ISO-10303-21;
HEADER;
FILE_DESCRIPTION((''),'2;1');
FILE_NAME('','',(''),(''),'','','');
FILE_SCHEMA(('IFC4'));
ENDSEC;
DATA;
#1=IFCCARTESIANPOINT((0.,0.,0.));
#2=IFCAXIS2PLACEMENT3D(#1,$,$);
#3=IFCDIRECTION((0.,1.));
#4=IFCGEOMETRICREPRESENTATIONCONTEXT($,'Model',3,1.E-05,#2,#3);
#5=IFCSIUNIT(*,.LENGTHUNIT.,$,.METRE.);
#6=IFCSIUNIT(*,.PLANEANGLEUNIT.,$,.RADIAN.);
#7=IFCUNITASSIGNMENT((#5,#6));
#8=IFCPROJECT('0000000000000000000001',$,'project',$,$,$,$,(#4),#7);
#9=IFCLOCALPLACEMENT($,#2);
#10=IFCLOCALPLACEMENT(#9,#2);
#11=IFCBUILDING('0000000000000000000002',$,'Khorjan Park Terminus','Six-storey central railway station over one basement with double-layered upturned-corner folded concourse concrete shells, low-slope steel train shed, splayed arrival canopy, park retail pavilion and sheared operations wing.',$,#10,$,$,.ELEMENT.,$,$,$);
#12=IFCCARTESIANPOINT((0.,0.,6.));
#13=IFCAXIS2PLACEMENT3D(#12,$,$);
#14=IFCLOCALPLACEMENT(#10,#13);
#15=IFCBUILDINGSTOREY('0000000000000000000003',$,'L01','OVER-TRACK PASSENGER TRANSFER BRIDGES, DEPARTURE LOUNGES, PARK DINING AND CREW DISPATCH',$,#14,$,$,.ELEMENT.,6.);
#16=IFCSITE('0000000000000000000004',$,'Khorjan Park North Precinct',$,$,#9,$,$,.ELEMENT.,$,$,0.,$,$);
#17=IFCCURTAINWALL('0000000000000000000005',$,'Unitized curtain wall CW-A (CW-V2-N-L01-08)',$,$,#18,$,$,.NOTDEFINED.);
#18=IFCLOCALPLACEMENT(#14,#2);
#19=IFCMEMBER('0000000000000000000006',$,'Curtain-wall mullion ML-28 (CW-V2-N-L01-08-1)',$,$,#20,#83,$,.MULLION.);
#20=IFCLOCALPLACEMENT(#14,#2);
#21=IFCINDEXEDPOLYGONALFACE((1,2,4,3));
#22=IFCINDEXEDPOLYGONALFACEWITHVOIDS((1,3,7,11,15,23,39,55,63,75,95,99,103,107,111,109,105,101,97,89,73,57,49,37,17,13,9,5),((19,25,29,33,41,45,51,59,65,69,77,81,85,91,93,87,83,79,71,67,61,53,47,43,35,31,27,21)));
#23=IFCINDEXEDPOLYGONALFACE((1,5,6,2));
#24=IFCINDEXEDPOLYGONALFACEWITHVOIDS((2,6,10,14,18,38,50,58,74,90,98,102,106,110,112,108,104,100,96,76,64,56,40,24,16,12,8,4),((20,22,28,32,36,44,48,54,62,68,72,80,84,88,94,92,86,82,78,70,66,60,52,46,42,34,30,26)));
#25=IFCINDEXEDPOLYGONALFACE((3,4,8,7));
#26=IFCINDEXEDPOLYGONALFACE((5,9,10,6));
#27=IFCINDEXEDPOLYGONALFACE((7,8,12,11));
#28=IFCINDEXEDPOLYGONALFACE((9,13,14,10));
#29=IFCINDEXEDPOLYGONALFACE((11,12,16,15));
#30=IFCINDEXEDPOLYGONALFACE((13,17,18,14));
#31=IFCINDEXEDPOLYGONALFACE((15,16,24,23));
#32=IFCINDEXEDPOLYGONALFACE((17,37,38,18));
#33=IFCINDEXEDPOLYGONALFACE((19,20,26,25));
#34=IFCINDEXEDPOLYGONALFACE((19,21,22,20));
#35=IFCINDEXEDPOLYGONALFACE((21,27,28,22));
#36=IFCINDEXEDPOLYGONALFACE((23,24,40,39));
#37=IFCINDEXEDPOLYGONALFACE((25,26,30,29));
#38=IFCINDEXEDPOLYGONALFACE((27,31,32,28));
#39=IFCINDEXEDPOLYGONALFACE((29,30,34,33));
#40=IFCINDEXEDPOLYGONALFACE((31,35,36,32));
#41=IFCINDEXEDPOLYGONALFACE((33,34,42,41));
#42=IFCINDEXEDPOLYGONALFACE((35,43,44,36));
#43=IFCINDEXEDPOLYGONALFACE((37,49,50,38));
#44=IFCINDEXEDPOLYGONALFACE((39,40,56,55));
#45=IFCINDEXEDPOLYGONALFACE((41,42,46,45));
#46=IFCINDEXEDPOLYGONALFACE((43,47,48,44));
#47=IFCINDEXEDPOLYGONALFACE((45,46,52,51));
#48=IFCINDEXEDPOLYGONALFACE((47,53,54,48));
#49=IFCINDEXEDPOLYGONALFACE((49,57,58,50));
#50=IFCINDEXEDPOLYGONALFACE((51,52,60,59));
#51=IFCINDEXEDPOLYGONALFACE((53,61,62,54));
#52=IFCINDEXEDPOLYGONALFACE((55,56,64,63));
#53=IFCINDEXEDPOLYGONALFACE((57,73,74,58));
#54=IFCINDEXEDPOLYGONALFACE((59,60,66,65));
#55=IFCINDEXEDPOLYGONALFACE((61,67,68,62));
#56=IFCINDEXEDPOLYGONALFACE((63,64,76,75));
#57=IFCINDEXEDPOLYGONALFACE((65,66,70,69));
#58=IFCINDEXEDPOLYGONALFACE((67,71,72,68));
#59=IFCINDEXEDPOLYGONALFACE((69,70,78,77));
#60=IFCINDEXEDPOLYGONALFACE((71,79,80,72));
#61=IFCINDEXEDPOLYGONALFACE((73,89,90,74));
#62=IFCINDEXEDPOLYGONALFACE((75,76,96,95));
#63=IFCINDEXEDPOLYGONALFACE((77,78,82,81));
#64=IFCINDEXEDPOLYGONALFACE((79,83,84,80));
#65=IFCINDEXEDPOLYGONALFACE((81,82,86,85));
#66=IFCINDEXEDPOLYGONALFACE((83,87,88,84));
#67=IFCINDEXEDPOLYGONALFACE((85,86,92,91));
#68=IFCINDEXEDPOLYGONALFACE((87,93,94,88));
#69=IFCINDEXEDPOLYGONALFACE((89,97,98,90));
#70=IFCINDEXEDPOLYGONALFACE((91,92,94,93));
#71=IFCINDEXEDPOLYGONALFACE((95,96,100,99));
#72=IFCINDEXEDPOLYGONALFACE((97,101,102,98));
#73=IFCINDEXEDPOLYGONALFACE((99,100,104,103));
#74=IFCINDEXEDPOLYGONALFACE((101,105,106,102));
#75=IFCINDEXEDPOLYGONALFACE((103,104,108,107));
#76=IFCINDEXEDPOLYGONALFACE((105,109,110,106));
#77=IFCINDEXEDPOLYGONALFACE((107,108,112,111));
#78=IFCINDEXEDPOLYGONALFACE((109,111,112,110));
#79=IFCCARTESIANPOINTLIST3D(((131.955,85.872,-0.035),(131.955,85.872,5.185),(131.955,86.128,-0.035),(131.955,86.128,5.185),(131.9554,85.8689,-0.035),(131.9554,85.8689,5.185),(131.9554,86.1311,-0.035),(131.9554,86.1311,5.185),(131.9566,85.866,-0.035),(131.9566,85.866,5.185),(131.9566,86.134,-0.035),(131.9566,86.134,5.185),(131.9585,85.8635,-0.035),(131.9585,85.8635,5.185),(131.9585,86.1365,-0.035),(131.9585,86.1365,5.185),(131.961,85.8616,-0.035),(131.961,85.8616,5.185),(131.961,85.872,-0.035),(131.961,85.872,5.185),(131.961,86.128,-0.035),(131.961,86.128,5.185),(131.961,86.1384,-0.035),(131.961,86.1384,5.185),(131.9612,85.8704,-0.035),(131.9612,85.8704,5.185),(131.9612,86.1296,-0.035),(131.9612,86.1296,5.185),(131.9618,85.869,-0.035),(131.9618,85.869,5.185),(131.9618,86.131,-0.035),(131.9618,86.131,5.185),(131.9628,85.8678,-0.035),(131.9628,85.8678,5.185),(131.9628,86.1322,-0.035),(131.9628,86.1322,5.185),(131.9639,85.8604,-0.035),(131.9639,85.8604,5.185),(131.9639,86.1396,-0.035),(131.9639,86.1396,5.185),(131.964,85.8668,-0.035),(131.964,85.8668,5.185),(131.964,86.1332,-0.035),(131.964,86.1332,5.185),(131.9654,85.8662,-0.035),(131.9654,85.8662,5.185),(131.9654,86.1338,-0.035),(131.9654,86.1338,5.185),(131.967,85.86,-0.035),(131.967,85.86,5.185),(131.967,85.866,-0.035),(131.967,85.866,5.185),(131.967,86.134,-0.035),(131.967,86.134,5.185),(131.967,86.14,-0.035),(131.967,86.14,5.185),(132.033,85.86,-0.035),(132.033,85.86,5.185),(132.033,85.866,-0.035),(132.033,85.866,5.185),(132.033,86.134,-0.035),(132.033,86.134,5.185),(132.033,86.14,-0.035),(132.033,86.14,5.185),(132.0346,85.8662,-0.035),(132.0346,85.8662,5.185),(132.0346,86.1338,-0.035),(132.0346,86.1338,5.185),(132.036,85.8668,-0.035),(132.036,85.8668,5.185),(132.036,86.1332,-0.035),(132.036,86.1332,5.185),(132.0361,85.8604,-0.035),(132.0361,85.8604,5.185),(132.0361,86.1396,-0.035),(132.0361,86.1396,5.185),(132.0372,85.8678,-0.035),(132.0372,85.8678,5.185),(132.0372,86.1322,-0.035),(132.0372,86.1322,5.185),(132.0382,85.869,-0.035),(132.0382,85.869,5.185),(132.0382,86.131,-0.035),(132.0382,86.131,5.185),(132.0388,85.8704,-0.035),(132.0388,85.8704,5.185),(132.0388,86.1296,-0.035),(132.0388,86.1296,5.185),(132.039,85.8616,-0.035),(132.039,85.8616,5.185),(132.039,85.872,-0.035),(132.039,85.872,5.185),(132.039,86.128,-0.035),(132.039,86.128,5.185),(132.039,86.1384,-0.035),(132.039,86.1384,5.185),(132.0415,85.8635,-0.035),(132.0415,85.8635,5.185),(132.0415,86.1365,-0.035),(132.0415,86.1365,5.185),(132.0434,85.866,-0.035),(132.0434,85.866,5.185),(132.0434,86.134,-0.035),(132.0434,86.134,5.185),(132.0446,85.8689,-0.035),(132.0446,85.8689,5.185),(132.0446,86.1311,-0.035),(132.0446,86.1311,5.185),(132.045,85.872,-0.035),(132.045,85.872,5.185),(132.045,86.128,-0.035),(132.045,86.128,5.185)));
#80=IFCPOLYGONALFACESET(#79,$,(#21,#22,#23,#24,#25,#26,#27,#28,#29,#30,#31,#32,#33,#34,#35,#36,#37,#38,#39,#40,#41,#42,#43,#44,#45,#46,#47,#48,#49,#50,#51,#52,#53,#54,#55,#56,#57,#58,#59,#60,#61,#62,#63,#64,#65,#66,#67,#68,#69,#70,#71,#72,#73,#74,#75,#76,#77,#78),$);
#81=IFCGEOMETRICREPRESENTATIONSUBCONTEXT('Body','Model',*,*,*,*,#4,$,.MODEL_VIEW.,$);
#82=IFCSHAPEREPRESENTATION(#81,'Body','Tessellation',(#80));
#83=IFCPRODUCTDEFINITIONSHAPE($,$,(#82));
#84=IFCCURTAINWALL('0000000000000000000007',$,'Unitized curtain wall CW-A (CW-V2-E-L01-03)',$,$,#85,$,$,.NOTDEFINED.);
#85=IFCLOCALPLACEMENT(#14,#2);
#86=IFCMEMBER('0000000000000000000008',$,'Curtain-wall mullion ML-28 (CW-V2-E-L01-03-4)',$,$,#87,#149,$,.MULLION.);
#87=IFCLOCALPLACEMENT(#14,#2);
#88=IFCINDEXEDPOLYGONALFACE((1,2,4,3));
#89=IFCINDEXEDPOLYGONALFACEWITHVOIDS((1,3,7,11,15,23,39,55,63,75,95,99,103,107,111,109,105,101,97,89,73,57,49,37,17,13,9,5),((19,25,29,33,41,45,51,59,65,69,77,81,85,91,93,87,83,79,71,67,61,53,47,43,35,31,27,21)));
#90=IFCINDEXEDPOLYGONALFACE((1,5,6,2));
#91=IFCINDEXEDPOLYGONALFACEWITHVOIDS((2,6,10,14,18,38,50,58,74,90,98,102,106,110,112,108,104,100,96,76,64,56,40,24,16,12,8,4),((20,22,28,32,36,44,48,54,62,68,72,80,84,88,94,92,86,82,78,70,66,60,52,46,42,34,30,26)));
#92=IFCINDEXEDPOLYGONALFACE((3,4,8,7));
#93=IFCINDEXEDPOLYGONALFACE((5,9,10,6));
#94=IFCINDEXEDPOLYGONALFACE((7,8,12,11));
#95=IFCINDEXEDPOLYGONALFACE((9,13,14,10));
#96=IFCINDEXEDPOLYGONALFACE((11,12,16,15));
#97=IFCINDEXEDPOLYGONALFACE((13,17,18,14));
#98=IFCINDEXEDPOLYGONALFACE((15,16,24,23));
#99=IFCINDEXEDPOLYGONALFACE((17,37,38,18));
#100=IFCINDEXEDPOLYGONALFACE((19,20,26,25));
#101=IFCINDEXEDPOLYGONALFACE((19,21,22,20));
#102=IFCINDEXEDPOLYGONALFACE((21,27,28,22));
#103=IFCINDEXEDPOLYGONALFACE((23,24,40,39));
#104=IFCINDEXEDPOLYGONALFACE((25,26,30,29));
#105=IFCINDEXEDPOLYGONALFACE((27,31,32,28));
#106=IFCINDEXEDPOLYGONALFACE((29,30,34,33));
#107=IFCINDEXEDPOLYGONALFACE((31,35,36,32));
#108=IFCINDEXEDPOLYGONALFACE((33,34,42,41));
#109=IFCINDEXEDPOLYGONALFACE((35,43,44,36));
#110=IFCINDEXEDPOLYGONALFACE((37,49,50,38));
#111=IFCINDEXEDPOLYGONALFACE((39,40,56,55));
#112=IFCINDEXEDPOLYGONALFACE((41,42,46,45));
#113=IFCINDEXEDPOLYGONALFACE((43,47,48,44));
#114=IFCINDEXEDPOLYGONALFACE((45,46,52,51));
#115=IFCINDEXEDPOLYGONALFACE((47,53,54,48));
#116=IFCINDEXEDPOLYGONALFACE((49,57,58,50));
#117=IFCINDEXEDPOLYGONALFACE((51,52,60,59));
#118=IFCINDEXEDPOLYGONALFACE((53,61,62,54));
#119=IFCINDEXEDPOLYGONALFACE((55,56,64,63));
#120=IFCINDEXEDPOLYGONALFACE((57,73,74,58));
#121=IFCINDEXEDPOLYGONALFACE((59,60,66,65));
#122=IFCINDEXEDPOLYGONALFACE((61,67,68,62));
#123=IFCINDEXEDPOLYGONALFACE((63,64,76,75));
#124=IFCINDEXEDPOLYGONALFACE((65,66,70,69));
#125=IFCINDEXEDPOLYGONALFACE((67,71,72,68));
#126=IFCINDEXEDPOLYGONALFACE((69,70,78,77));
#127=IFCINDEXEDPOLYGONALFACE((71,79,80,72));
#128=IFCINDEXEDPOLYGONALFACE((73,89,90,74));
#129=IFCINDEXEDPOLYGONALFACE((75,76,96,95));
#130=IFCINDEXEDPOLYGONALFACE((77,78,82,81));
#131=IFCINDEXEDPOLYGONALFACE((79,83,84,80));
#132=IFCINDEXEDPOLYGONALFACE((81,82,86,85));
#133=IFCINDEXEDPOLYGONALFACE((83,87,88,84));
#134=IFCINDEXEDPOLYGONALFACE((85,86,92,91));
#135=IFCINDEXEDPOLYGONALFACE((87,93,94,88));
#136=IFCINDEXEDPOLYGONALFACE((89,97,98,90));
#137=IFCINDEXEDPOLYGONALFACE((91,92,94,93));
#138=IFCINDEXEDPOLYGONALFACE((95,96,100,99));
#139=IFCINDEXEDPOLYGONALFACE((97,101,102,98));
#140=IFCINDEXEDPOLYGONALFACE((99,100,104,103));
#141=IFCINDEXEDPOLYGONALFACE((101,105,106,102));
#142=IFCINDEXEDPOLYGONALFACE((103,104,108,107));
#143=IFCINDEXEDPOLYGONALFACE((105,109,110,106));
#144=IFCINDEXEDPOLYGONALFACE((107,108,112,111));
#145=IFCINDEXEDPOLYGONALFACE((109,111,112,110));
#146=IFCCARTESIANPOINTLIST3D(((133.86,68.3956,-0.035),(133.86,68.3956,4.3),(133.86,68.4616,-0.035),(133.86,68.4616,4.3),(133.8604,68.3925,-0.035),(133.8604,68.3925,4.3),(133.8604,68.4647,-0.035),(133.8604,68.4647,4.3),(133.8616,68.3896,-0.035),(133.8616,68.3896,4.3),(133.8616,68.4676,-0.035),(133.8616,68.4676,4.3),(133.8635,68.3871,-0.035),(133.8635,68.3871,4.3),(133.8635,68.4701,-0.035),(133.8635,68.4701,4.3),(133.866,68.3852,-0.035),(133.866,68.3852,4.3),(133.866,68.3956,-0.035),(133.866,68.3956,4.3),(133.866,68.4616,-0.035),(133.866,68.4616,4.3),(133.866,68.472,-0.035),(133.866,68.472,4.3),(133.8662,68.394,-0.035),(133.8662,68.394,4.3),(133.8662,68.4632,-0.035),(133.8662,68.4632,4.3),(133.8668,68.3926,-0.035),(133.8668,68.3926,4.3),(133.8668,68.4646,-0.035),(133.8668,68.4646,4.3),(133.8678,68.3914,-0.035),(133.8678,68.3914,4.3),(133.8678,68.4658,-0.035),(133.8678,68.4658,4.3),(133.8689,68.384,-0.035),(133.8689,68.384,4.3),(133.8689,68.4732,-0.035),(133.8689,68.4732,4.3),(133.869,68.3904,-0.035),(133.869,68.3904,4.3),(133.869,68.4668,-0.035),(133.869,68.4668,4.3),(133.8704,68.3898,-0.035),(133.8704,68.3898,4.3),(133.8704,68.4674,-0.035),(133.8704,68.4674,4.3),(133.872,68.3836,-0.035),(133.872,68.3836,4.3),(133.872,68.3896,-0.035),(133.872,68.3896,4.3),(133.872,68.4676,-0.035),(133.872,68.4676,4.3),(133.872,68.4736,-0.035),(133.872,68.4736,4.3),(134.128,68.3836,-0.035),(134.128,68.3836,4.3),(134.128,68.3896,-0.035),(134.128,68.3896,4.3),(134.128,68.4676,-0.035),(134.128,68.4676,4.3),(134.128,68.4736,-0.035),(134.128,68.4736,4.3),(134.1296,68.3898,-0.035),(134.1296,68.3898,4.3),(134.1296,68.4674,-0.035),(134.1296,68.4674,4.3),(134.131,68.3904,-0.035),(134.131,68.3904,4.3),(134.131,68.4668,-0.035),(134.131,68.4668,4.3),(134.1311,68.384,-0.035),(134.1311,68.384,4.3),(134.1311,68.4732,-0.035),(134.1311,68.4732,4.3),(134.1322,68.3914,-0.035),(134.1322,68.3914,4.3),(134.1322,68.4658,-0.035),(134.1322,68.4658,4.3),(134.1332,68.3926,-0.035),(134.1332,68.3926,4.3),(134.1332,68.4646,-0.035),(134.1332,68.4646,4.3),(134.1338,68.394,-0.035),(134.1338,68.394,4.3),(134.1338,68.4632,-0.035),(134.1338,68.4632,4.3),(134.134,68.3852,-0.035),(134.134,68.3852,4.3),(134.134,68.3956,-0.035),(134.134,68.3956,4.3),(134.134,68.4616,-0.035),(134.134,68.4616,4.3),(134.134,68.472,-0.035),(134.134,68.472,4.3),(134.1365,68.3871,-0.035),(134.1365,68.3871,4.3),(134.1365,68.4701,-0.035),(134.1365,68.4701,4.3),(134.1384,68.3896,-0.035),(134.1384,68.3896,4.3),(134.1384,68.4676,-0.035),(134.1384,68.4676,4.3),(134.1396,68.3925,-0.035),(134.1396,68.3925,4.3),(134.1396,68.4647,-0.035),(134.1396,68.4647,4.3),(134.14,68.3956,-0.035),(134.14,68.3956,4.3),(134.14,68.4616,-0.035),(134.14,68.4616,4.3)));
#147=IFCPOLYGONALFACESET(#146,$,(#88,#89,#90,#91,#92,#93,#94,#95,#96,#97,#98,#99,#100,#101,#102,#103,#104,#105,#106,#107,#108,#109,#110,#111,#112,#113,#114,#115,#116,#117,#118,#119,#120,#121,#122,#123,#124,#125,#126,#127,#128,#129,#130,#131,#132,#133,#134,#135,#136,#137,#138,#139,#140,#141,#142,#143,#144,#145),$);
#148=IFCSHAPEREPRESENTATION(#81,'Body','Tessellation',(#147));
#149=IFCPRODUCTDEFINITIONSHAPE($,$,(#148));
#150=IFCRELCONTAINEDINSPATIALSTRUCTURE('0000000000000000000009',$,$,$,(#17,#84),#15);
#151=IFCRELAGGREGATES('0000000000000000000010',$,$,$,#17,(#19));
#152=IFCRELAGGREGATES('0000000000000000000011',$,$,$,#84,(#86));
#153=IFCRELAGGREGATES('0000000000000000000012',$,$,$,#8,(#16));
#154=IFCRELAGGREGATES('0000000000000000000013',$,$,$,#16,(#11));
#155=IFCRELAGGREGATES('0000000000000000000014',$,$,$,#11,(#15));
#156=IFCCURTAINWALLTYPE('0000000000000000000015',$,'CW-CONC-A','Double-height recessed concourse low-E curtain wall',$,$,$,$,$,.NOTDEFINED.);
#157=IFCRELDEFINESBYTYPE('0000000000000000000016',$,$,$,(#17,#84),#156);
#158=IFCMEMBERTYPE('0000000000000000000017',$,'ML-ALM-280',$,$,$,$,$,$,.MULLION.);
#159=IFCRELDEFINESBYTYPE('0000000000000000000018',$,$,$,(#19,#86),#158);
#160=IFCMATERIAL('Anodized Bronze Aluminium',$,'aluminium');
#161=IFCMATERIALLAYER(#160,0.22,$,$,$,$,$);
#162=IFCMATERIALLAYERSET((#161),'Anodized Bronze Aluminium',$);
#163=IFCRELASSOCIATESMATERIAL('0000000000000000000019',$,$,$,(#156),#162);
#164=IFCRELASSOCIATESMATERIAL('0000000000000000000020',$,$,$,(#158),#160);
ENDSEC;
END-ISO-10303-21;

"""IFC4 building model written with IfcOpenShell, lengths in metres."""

from ifc_helpers import new_model, si_unit, direction, frame, origin, origin_2d, place, context, subcontext, project, spatial, hollow_rectangle, extrude, material, layer, layer_set, material_profile, profile_set, type_object, element, aggregate, save


model = new_model("IFC4")

# Units and contexts
model_context = context("Model", 3, precision=1e-05, world=origin(), true_north=direction((0.0, 1.0)))
body_context = subcontext(model_context, "Body", "Model", "MODEL_VIEW")
ifc_project = project(units=[si_unit("LENGTHUNIT", "METRE"), si_unit("PLANEANGLEUNIT", "RADIAN")], contexts=[model_context])

# Site, building, storey
site_placement = place(None, origin())
site = spatial("IfcSite", under=ifc_project, at=site_placement, Name="Khorjan Park North Precinct", CompositionType="ELEMENT", RefElevation=0.0)
building_placement = place(site_placement, origin())
building = spatial("IfcBuilding", under=site, at=building_placement, Name="Khorjan Park Terminus", Description="Six-storey central railway station over one basement with double-layered upturned-corner folded concourse concrete shells, low-slope steel train shed, splayed arrival canopy, park retail pavilion and sheared operations wing.", CompositionType="ELEMENT")
storey_placement = place(building_placement, frame((0.0, 0.0, 6.0)))
storey = spatial("IfcBuildingStorey", under=building, at=storey_placement, Name="L01", Description="OVER-TRACK PASSENGER TRANSFER BRIDGES, DEPARTURE LOUNGES, PARK DINING AND CREW DISPATCH", CompositionType="ELEMENT", Elevation=6.0)

# Curtain wall, member
ifc_material_1 = material(Name="Anodized Bronze Aluminium", Category="aluminium")
ifc_layer_1 = layer(ifc_material_1, 0.22)
ifc_layer_set_1 = layer_set([ifc_layer_1], Name="Anodized Bronze Aluminium")
curtain_wall_type = type_object("IfcCurtainWallType", Name="CW-CONC-A", Description="Double-height recessed concourse low-E curtain wall", PredefinedType="NOTDEFINED", material=ifc_layer_set_1)
curtain_wall_1_placement = place(storey_placement, origin())
curtain_wall_1 = element("IfcCurtainWall", 1, at=curtain_wall_1_placement, inside=storey, type_object=curtain_wall_type, Name="Unitized curtain wall CW-A (CW-V2-N-L01-08)", PredefinedType="NOTDEFINED")
ifc_material_profile_1 = material_profile(ifc_material_1, hollow_rectangle(XDim=0.09, YDim=0.28, WallThickness=0.006, InnerFilletRadius=0.006, OuterFilletRadius=0.012, at=origin_2d()), Name="ALM 90x280x6")
ifc_profile_set_1 = profile_set([ifc_material_profile_1], Name="Anodized Bronze Aluminium")
member_type_1 = type_object("IfcMemberType", Name="ML-ALM-280", PredefinedType="MULLION", material=ifc_profile_set_1)
member_1_placement = place(storey_placement, frame((132.0, 86.0, -0.035), z_axis=(0.0, 0.0, 1.0), x_axis=(-1.0, 0.0, 0.0)))
member_1 = element("IfcMember", 2, at=member_1_placement, type_object=member_type_1, Name="Curtain-wall mullion ML-28 (CW-V2-N-L01-08-1)", PredefinedType="MULLION", context=body_context, shape_type="SweptSolid", body=[
    extrude(hollow_rectangle(XDim=0.09, YDim=0.28, WallThickness=0.006, InnerFilletRadius=0.006, OuterFilletRadius=0.012, at=origin_2d()), origin(), (0.0, 0.0, 1.0), 5.22),
])

# Curtain wall, member
curtain_wall_2_placement = place(storey_placement, origin())
curtain_wall_2 = element("IfcCurtainWall", 3, at=curtain_wall_2_placement, inside=storey, type_object=curtain_wall_type, Name="Unitized curtain wall CW-A (CW-V2-E-L01-03)", PredefinedType="NOTDEFINED")
member_2_placement = place(storey_placement, frame((134.0, 68.4286, -0.035), z_axis=(0.0, 0.0, 1.0), x_axis=(0.0, 1.0, 0.0)))
member_2 = element("IfcMember", 4, at=member_2_placement, type_object=member_type_1, Name="Curtain-wall mullion ML-28 (CW-V2-E-L01-03-4)", PredefinedType="MULLION", context=body_context, shape_type="SweptSolid", body=[
    extrude(hollow_rectangle(XDim=0.09, YDim=0.28, WallThickness=0.006, InnerFilletRadius=0.006, OuterFilletRadius=0.012, at=origin_2d()), origin(), (0.0, 0.0, 1.0), 4.335),
])

aggregate(curtain_wall_1, [member_1])
aggregate(curtain_wall_2, [member_2])

save(model, "model.ifc")
